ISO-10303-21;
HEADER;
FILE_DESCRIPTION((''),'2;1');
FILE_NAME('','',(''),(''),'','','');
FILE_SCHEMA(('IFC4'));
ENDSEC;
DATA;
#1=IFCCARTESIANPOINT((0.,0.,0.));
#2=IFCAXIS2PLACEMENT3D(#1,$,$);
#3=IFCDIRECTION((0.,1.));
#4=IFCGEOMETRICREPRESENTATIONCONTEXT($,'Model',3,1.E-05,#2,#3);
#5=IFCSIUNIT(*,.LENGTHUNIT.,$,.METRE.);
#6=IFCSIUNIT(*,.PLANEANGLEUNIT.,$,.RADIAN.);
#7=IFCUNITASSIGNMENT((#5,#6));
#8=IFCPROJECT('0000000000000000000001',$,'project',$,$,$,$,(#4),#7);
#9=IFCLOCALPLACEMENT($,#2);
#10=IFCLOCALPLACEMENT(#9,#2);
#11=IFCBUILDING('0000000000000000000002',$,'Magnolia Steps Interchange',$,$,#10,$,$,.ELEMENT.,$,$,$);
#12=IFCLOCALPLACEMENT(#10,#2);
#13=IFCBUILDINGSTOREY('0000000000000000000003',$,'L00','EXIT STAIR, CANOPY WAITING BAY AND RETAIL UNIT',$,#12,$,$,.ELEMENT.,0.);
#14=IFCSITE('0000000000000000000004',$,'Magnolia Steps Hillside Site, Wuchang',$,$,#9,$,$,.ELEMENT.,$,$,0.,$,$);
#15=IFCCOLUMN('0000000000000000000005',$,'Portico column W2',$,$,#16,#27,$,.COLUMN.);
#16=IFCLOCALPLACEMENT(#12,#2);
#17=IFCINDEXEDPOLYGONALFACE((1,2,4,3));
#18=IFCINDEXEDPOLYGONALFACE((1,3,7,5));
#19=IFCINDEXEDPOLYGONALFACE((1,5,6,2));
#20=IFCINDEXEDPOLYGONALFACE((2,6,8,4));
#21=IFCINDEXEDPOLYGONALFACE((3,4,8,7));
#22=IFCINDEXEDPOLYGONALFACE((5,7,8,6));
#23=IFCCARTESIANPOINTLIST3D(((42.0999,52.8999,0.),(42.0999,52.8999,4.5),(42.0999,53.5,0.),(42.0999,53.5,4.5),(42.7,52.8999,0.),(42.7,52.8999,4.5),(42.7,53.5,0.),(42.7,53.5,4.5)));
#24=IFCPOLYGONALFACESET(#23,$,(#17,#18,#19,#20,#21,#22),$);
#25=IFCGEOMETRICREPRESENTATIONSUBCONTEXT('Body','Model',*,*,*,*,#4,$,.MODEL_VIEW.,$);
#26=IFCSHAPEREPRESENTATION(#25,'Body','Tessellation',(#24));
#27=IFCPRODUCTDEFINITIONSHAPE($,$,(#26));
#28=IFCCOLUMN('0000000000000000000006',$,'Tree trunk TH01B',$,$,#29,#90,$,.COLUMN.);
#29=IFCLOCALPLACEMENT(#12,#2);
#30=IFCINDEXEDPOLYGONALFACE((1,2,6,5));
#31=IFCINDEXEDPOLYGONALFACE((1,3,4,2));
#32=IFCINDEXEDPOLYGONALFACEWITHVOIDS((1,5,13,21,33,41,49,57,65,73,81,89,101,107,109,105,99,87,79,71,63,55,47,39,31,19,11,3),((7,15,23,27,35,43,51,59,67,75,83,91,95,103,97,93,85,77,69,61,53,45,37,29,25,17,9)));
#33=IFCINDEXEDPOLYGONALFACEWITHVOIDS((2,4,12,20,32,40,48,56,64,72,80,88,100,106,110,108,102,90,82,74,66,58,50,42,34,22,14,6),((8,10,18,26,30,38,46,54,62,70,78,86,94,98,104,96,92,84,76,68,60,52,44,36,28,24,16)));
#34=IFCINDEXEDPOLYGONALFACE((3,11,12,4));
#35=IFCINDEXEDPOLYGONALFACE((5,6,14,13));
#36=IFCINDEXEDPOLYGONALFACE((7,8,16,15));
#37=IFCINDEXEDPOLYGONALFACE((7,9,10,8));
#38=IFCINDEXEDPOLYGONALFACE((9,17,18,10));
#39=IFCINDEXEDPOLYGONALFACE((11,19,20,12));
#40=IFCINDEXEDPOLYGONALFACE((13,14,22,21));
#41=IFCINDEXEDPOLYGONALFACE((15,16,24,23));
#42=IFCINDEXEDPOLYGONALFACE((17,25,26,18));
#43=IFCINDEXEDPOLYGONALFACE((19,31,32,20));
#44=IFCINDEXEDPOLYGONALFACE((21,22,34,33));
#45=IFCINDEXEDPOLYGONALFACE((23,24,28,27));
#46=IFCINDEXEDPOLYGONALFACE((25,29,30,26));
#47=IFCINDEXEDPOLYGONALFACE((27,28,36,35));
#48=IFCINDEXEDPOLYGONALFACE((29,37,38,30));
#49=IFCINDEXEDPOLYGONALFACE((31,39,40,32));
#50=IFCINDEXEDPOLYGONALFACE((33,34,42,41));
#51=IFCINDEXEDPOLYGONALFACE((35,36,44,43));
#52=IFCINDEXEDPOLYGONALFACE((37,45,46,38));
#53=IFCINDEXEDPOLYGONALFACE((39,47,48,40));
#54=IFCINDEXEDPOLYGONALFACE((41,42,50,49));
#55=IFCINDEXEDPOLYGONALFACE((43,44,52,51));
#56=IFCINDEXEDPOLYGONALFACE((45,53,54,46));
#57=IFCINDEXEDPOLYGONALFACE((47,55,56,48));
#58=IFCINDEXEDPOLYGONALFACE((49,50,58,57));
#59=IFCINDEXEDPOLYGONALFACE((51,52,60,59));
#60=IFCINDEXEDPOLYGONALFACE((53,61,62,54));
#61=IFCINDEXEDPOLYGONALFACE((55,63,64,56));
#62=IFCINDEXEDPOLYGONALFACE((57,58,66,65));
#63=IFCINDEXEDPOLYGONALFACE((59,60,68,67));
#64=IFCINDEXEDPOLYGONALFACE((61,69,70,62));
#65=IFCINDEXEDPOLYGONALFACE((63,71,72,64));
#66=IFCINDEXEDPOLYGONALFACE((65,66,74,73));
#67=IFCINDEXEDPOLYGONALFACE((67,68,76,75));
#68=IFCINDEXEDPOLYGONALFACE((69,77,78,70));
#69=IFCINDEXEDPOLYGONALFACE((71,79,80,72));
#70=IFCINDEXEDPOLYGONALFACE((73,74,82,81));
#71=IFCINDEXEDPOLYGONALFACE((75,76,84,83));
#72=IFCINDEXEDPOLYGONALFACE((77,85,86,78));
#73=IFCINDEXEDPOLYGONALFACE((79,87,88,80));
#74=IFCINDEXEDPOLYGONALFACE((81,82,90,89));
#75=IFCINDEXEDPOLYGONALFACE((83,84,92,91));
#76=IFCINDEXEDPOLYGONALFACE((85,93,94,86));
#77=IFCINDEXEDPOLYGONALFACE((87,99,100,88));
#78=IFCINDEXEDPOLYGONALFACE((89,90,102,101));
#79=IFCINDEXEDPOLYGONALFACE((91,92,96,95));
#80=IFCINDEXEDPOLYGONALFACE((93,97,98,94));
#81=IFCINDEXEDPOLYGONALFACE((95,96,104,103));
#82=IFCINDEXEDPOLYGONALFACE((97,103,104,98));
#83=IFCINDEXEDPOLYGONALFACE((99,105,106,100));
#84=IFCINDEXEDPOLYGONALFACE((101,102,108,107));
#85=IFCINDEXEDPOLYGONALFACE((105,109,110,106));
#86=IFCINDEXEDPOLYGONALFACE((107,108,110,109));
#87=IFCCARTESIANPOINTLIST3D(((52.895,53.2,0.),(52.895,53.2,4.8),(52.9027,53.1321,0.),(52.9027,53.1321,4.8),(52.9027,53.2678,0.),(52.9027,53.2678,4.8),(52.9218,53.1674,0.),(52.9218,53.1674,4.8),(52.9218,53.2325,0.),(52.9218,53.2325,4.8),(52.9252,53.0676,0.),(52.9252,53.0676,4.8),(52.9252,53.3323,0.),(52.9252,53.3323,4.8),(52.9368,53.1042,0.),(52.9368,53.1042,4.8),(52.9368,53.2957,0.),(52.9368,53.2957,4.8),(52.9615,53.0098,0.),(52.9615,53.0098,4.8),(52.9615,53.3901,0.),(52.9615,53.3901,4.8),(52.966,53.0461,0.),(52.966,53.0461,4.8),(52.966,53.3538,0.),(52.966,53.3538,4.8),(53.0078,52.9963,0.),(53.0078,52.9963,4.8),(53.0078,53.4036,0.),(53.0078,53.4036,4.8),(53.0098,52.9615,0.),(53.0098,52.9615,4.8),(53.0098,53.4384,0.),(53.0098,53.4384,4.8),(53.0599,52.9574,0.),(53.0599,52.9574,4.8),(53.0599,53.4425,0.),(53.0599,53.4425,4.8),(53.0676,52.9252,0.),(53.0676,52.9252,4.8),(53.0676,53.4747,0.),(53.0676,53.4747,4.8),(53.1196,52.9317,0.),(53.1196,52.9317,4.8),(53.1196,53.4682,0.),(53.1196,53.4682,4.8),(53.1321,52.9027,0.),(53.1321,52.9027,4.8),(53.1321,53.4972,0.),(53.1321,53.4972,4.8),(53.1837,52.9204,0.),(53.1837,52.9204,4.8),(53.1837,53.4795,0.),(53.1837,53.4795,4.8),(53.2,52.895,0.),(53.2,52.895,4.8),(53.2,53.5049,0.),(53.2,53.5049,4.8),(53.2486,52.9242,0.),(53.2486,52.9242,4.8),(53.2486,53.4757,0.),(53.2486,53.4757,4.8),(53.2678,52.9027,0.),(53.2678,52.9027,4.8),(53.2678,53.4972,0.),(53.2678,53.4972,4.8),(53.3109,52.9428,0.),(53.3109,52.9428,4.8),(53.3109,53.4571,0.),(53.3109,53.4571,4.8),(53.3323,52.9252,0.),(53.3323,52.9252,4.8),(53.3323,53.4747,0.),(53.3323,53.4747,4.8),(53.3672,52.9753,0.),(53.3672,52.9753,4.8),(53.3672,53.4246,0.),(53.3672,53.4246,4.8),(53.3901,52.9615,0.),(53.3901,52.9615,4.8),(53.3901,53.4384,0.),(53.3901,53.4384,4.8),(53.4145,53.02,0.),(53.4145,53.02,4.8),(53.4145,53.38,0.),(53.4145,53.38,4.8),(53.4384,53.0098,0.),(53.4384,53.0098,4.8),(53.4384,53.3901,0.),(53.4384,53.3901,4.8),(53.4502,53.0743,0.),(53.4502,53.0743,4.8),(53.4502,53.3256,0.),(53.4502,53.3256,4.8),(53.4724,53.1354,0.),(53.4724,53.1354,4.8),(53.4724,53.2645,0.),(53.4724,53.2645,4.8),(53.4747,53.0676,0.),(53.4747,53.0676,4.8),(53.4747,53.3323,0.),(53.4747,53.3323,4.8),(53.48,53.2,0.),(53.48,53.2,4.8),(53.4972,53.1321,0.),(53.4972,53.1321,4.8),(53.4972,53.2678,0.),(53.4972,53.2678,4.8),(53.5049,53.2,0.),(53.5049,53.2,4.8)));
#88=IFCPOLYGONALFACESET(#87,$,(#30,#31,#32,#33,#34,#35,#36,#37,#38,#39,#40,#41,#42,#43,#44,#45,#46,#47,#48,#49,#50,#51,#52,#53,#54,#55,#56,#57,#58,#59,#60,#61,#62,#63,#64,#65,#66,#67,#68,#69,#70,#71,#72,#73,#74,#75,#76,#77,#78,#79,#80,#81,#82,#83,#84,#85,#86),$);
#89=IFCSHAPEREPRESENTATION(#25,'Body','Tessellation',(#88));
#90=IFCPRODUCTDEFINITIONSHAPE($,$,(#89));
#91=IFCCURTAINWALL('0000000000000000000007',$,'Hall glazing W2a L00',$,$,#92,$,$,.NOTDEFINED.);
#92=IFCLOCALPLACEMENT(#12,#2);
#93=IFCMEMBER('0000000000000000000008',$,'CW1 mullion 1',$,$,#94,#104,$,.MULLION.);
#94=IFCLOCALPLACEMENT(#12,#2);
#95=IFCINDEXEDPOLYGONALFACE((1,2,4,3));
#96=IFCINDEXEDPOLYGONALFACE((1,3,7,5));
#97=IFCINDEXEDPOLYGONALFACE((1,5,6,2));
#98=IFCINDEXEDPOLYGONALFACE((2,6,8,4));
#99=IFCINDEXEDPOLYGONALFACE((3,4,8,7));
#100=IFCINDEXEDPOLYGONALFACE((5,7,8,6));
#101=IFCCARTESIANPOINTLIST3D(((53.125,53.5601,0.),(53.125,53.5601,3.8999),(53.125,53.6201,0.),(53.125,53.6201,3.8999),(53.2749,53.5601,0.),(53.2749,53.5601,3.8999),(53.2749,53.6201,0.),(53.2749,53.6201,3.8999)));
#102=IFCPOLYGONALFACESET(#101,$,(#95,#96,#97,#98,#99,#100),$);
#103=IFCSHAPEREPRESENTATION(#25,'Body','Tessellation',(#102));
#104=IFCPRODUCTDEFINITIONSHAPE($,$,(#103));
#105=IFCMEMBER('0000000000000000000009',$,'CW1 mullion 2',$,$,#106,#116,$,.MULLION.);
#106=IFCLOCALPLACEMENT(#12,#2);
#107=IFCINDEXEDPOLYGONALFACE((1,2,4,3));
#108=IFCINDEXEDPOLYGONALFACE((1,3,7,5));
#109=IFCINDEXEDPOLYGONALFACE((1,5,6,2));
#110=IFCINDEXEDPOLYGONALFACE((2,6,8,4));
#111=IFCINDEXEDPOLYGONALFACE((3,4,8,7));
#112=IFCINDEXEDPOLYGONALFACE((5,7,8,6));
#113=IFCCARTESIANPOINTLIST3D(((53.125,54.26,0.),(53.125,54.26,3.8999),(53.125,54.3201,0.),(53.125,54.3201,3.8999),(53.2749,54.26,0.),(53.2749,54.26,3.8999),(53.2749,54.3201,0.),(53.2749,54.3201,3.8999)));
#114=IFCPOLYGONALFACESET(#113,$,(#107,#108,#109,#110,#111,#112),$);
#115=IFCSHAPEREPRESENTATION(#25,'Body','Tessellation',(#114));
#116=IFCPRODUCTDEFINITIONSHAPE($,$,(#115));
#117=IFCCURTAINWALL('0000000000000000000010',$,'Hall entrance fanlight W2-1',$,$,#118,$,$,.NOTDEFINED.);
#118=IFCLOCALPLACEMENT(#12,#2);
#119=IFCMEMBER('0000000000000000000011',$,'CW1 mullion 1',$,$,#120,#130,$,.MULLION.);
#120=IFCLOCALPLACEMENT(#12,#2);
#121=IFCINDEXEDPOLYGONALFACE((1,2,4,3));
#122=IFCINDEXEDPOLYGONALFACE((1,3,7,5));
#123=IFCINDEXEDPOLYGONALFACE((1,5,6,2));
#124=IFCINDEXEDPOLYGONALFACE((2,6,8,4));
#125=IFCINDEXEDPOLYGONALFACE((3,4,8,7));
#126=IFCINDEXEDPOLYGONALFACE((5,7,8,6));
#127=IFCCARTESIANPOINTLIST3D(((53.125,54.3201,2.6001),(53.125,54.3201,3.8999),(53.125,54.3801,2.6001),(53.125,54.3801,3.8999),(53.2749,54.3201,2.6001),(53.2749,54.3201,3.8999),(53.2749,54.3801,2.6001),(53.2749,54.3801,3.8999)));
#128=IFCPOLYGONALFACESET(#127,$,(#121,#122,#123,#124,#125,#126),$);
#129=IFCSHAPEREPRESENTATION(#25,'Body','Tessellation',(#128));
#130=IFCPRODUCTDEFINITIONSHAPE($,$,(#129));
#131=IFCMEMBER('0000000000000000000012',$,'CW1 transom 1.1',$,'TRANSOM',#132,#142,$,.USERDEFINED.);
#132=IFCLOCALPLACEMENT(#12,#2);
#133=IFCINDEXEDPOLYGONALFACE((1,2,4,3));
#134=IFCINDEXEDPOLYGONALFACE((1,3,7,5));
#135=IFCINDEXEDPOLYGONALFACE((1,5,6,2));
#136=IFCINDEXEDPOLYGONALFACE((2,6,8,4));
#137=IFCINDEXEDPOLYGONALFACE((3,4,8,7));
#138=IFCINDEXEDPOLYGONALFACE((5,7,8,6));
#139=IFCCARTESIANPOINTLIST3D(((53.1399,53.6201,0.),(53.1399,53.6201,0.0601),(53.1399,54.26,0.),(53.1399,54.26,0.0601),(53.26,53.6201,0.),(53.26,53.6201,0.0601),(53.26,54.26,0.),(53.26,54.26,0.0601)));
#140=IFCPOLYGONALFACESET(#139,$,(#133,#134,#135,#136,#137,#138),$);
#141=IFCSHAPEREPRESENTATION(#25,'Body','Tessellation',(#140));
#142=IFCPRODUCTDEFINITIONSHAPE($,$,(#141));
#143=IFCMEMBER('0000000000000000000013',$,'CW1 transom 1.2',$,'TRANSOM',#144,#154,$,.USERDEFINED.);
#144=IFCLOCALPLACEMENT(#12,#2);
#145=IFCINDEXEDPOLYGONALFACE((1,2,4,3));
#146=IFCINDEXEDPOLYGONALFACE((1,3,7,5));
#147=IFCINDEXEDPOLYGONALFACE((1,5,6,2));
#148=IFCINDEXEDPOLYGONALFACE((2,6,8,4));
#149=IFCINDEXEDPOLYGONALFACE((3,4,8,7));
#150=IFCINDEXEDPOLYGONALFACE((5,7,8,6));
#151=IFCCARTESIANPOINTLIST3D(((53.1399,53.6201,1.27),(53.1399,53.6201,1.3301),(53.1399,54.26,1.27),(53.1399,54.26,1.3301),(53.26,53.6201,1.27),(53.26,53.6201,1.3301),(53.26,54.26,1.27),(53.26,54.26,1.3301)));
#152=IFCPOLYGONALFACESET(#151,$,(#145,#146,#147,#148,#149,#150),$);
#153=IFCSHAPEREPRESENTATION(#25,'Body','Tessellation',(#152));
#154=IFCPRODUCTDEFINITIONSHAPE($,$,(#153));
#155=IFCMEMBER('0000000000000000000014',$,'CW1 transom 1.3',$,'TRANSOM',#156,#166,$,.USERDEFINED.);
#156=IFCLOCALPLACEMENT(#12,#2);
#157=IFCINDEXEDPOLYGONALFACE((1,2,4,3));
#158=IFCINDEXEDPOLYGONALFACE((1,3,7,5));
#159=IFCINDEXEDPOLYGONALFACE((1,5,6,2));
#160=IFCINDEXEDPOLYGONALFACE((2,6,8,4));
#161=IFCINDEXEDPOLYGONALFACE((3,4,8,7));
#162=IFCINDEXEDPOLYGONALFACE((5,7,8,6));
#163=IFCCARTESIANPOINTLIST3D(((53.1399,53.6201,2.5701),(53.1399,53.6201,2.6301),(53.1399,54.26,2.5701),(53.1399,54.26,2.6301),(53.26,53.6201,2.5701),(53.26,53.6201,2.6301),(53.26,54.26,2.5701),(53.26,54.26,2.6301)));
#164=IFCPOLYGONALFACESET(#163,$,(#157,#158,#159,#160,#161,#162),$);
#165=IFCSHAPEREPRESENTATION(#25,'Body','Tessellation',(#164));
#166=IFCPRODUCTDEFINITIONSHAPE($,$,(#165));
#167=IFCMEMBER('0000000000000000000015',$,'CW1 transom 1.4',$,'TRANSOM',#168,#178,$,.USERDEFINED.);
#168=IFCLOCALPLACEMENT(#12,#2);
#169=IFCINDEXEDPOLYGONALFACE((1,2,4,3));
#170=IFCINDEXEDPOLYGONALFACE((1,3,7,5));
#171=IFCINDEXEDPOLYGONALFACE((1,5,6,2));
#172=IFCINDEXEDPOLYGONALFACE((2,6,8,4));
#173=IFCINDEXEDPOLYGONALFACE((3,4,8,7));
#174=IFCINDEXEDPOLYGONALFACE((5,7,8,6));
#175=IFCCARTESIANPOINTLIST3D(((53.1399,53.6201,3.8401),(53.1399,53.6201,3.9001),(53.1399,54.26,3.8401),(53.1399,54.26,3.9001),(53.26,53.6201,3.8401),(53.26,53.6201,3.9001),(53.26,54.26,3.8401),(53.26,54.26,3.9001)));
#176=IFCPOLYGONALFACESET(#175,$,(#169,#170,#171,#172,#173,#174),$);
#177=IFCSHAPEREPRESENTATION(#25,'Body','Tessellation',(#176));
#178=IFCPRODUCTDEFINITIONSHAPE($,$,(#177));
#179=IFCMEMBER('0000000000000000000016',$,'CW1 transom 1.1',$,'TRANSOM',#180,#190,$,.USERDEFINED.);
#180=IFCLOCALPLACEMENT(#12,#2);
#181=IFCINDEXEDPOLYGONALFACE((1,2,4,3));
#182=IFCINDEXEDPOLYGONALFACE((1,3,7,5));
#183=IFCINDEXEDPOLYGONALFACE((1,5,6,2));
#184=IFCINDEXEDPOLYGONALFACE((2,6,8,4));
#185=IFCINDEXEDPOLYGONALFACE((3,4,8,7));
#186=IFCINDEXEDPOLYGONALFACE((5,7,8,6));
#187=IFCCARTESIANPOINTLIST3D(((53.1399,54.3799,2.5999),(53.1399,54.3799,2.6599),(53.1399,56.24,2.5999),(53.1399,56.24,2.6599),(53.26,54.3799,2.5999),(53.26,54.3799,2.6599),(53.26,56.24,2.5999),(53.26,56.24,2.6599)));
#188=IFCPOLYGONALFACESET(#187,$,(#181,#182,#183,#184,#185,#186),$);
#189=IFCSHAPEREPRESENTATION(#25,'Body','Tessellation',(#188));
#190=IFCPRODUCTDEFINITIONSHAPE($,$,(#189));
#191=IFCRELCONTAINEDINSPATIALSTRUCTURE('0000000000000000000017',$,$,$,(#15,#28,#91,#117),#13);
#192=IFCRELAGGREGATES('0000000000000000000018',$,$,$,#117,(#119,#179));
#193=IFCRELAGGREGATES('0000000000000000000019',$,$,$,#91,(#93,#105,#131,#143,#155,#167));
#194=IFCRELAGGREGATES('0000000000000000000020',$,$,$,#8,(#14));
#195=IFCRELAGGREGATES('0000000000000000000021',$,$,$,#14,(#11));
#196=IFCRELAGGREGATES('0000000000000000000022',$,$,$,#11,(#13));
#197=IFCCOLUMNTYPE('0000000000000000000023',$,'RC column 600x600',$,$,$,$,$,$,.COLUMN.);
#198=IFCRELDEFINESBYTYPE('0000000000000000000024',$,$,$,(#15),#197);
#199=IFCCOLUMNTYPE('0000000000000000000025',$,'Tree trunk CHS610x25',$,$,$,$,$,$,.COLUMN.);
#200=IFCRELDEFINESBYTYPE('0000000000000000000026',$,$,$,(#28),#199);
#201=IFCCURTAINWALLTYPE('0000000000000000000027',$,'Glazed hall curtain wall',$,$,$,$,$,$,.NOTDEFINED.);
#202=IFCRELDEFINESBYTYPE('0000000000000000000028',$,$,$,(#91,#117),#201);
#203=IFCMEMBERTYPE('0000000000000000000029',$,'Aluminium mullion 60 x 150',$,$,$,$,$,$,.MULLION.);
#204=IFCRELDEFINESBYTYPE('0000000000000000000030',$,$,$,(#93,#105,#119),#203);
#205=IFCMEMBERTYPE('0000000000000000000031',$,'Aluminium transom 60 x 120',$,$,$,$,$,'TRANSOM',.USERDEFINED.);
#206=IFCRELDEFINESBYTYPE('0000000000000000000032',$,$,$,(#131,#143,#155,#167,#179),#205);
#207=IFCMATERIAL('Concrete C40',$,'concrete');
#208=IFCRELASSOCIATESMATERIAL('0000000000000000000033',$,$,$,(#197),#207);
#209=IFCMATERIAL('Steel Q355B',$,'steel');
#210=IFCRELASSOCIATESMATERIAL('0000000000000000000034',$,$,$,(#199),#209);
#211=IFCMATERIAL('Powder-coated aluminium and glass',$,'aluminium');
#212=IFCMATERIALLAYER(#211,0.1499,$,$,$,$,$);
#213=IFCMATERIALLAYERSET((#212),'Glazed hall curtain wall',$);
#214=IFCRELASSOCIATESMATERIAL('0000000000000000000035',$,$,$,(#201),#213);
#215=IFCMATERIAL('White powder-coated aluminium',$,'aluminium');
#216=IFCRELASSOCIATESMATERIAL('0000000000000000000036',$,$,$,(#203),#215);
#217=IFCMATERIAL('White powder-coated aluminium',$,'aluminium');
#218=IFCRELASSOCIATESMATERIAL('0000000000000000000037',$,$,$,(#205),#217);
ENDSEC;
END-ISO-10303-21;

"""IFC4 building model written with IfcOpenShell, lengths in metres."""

from ifc_helpers import new_model, si_unit, direction, frame, origin, origin_2d, place, context, subcontext, project, spatial, rectangle, hollow_circle, extrude, material, layer, layer_set, material_profile, profile_set, type_object, element, aggregate, save


model = new_model("IFC4")

# Units and contexts
model_context = context("Model", 3, precision=1e-05, world=origin(), true_north=direction((0.0, 1.0)))
body_context = subcontext(model_context, "Body", "Model", "MODEL_VIEW")
ifc_project = project(units=[si_unit("LENGTHUNIT", "METRE"), si_unit("PLANEANGLEUNIT", "RADIAN")], contexts=[model_context])

# Site, building, storey
site_placement = place(None, origin())
site = spatial("IfcSite", under=ifc_project, at=site_placement, Name="Magnolia Steps Hillside Site, Wuchang", CompositionType="ELEMENT", RefElevation=0.0)
building_placement = place(site_placement, origin())
building = spatial("IfcBuilding", under=site, at=building_placement, Name="Magnolia Steps Interchange", CompositionType="ELEMENT")
storey_placement = place(building_placement, origin())
storey = spatial("IfcBuildingStorey", under=building, at=storey_placement, Name="L00", Description="EXIT STAIR, CANOPY WAITING BAY AND RETAIL UNIT", CompositionType="ELEMENT", Elevation=0.0)

# Columns
ifc_material_1 = material(Name="Concrete C40", Category="concrete")
ifc_material_profile_1 = material_profile(ifc_material_1, rectangle(XDim=0.6001, YDim=0.6001, at=origin_2d()), Name="RC600x600")
ifc_profile_set_1 = profile_set([ifc_material_profile_1], Name="Concrete C40")
column_type_1 = type_object("IfcColumnType", Name="RC column 600x600", PredefinedType="COLUMN", material=ifc_profile_set_1)
column_1_placement = place(storey_placement, frame((42.3999, 53.2, 0.0), z_axis=(0.0, 0.0, 1.0), x_axis=(1.0, 0.0, 0.0)))
element("IfcColumn", 1, at=column_1_placement, inside=storey, type_object=column_type_1, Name="Portico column W2", PredefinedType="COLUMN", context=body_context, shape_type="SweptSolid", body=[
    extrude(rectangle(XDim=0.6001, YDim=0.6001, at=origin_2d()), origin(), (0.0, 0.0, 1.0), 4.5),
])
ifc_material_2 = material(Name="Steel Q355B", Category="steel")
ifc_material_profile_2 = material_profile(ifc_material_2, hollow_circle(Radius=0.3049, WallThickness=0.0249, at=origin_2d()), Name="CHS610x25")
ifc_profile_set_2 = profile_set([ifc_material_profile_2], Name="Steel Q355B")
column_type_2 = type_object("IfcColumnType", Name="Tree trunk CHS610x25", PredefinedType="COLUMN", material=ifc_profile_set_2)
column_2_placement = place(storey_placement, frame((53.2, 53.2, 0.0), z_axis=(0.0, 0.0, 1.0), x_axis=(1.0, 0.0, 0.0)))
element("IfcColumn", 2, at=column_2_placement, inside=storey, type_object=column_type_2, Name="Tree trunk TH01B", PredefinedType="COLUMN", context=body_context, shape_type="SweptSolid", body=[
    extrude(hollow_circle(Radius=0.3049, WallThickness=0.0249, at=origin_2d()), origin(), (0.0, 0.0, 1.0), 4.8),
])

# Curtain wall, members
ifc_material_3 = material(Name="Powder-coated aluminium and glass", Category="aluminium")
ifc_layer_1 = layer(ifc_material_3, 0.1499)
ifc_layer_set_1 = layer_set([ifc_layer_1], Name="Glazed hall curtain wall")
curtain_wall_type = type_object("IfcCurtainWallType", Name="Glazed hall curtain wall", PredefinedType="NOTDEFINED", material=ifc_layer_set_1)
curtain_wall_1_placement = place(storey_placement, origin())
curtain_wall_1 = element("IfcCurtainWall", 3, at=curtain_wall_1_placement, inside=storey, type_object=curtain_wall_type, Name="Hall glazing W2a L00", PredefinedType="NOTDEFINED")
ifc_material_4 = material(Name="White powder-coated aluminium", Category="aluminium")
ifc_material_profile_3 = material_profile(ifc_material_4, rectangle(XDim=0.0601, YDim=0.1499, at=origin_2d()), Name="Aluminium mullion 60 x 150")
ifc_profile_set_3 = profile_set([ifc_material_profile_3], Name="White powder-coated aluminium")
member_type_1 = type_object("IfcMemberType", Name="Aluminium mullion 60 x 150", PredefinedType="MULLION", material=ifc_profile_set_3)
member_1_placement = place(storey_placement, frame((53.2, 53.5901, 0.0), z_axis=(0.0, 0.0, 1.0), x_axis=(0.0, 1.0, 0.0)))
member_1 = element("IfcMember", 4, at=member_1_placement, type_object=member_type_1, Name="CW1 mullion 1", PredefinedType="MULLION", context=body_context, shape_type="SweptSolid", body=[
    extrude(rectangle(XDim=0.0601, YDim=0.1499, at=origin_2d()), origin(), (0.0, 0.0, 1.0), 3.8999),
])
member_2_placement = place(storey_placement, frame((53.2, 54.29, 0.0), z_axis=(0.0, 0.0, 1.0), x_axis=(0.0, 1.0, 0.0)))
member_2 = element("IfcMember", 5, at=member_2_placement, type_object=member_type_1, Name="CW1 mullion 2", PredefinedType="MULLION", context=body_context, shape_type="SweptSolid", body=[
    extrude(rectangle(XDim=0.0601, YDim=0.1499, at=origin_2d()), origin(), (0.0, 0.0, 1.0), 3.8999),
])

# Curtain wall, member
curtain_wall_2_placement = place(storey_placement, origin())
curtain_wall_2 = element("IfcCurtainWall", 6, at=curtain_wall_2_placement, inside=storey, type_object=curtain_wall_type, Name="Hall entrance fanlight W2-1", PredefinedType="NOTDEFINED")
member_3_placement = place(storey_placement, frame((53.2, 54.3501, 2.6001), z_axis=(0.0, 0.0, 1.0), x_axis=(0.0, 1.0, 0.0)))
member_3 = element("IfcMember", 7, at=member_3_placement, type_object=member_type_1, Name="CW1 mullion 1", PredefinedType="MULLION", context=body_context, shape_type="SweptSolid", body=[
    extrude(rectangle(XDim=0.0601, YDim=0.1499, at=origin_2d()), origin(), (0.0, 0.0, 1.0), 1.2998),
])

# Members
ifc_material_5 = material(Name="White powder-coated aluminium", Category="aluminium")
ifc_material_profile_4 = material_profile(ifc_material_5, rectangle(XDim=0.0601, YDim=0.1201, at=origin_2d()), Name="Aluminium transom 60 x 120")
ifc_profile_set_4 = profile_set([ifc_material_profile_4], Name="White powder-coated aluminium")
member_type_2 = type_object("IfcMemberType", Name="Aluminium transom 60 x 120", ElementType="TRANSOM", PredefinedType="USERDEFINED", material=ifc_profile_set_4)
member_4_placement = place(storey_placement, frame((53.2, 53.6201, 0.03), z_axis=(0.0, 1.0, 0.0), x_axis=(0.0, 0.0, 1.0)))
member_4 = element("IfcMember", 8, at=member_4_placement, type_object=member_type_2, Name="CW1 transom 1.1", ObjectType="TRANSOM", PredefinedType="USERDEFINED", context=body_context, shape_type="SweptSolid", body=[
    extrude(rectangle(XDim=0.0601, YDim=0.1201, at=origin_2d()), origin(), (0.0, 0.0, 1.0), 0.6399),
])
member_5_placement = place(storey_placement, frame((53.2, 53.6201, 1.3), z_axis=(0.0, 1.0, 0.0), x_axis=(0.0, 0.0, 1.0)))
member_5 = element("IfcMember", 9, at=member_5_placement, type_object=member_type_2, Name="CW1 transom 1.2", ObjectType="TRANSOM", PredefinedType="USERDEFINED", context=body_context, shape_type="SweptSolid", body=[
    extrude(rectangle(XDim=0.0601, YDim=0.1201, at=origin_2d()), origin(), (0.0, 0.0, 1.0), 0.6399),
])
member_6_placement = place(storey_placement, frame((53.2, 53.6201, 2.6001), z_axis=(0.0, 1.0, 0.0), x_axis=(0.0, 0.0, 1.0)))
member_6 = element("IfcMember", 10, at=member_6_placement, type_object=member_type_2, Name="CW1 transom 1.3", ObjectType="TRANSOM", PredefinedType="USERDEFINED", context=body_context, shape_type="SweptSolid", body=[
    extrude(rectangle(XDim=0.0601, YDim=0.1201, at=origin_2d()), origin(), (0.0, 0.0, 1.0), 0.6399),
])
member_7_placement = place(storey_placement, frame((53.2, 53.6201, 3.8701), z_axis=(0.0, 1.0, 0.0), x_axis=(0.0, 0.0, 1.0)))
member_7 = element("IfcMember", 11, at=member_7_placement, type_object=member_type_2, Name="CW1 transom 1.4", ObjectType="TRANSOM", PredefinedType="USERDEFINED", context=body_context, shape_type="SweptSolid", body=[
    extrude(rectangle(XDim=0.0601, YDim=0.1201, at=origin_2d()), origin(), (0.0, 0.0, 1.0), 0.6399),
])
member_8_placement = place(storey_placement, frame((53.2, 54.3799, 2.6299), z_axis=(0.0, 1.0, 0.0), x_axis=(0.0, 0.0, 1.0)))
member_8 = element("IfcMember", 12, at=member_8_placement, type_object=member_type_2, Name="CW1 transom 1.1", ObjectType="TRANSOM", PredefinedType="USERDEFINED", context=body_context, shape_type="SweptSolid", body=[
    extrude(rectangle(XDim=0.0601, YDim=0.1201, at=origin_2d()), origin(), (0.0, 0.0, 1.0), 1.8601),
])
aggregate(curtain_wall_2, [member_3, member_8])

aggregate(curtain_wall_1, [member_1, member_2, member_4, member_5, member_6, member_7])

save(model, "model.ifc")
